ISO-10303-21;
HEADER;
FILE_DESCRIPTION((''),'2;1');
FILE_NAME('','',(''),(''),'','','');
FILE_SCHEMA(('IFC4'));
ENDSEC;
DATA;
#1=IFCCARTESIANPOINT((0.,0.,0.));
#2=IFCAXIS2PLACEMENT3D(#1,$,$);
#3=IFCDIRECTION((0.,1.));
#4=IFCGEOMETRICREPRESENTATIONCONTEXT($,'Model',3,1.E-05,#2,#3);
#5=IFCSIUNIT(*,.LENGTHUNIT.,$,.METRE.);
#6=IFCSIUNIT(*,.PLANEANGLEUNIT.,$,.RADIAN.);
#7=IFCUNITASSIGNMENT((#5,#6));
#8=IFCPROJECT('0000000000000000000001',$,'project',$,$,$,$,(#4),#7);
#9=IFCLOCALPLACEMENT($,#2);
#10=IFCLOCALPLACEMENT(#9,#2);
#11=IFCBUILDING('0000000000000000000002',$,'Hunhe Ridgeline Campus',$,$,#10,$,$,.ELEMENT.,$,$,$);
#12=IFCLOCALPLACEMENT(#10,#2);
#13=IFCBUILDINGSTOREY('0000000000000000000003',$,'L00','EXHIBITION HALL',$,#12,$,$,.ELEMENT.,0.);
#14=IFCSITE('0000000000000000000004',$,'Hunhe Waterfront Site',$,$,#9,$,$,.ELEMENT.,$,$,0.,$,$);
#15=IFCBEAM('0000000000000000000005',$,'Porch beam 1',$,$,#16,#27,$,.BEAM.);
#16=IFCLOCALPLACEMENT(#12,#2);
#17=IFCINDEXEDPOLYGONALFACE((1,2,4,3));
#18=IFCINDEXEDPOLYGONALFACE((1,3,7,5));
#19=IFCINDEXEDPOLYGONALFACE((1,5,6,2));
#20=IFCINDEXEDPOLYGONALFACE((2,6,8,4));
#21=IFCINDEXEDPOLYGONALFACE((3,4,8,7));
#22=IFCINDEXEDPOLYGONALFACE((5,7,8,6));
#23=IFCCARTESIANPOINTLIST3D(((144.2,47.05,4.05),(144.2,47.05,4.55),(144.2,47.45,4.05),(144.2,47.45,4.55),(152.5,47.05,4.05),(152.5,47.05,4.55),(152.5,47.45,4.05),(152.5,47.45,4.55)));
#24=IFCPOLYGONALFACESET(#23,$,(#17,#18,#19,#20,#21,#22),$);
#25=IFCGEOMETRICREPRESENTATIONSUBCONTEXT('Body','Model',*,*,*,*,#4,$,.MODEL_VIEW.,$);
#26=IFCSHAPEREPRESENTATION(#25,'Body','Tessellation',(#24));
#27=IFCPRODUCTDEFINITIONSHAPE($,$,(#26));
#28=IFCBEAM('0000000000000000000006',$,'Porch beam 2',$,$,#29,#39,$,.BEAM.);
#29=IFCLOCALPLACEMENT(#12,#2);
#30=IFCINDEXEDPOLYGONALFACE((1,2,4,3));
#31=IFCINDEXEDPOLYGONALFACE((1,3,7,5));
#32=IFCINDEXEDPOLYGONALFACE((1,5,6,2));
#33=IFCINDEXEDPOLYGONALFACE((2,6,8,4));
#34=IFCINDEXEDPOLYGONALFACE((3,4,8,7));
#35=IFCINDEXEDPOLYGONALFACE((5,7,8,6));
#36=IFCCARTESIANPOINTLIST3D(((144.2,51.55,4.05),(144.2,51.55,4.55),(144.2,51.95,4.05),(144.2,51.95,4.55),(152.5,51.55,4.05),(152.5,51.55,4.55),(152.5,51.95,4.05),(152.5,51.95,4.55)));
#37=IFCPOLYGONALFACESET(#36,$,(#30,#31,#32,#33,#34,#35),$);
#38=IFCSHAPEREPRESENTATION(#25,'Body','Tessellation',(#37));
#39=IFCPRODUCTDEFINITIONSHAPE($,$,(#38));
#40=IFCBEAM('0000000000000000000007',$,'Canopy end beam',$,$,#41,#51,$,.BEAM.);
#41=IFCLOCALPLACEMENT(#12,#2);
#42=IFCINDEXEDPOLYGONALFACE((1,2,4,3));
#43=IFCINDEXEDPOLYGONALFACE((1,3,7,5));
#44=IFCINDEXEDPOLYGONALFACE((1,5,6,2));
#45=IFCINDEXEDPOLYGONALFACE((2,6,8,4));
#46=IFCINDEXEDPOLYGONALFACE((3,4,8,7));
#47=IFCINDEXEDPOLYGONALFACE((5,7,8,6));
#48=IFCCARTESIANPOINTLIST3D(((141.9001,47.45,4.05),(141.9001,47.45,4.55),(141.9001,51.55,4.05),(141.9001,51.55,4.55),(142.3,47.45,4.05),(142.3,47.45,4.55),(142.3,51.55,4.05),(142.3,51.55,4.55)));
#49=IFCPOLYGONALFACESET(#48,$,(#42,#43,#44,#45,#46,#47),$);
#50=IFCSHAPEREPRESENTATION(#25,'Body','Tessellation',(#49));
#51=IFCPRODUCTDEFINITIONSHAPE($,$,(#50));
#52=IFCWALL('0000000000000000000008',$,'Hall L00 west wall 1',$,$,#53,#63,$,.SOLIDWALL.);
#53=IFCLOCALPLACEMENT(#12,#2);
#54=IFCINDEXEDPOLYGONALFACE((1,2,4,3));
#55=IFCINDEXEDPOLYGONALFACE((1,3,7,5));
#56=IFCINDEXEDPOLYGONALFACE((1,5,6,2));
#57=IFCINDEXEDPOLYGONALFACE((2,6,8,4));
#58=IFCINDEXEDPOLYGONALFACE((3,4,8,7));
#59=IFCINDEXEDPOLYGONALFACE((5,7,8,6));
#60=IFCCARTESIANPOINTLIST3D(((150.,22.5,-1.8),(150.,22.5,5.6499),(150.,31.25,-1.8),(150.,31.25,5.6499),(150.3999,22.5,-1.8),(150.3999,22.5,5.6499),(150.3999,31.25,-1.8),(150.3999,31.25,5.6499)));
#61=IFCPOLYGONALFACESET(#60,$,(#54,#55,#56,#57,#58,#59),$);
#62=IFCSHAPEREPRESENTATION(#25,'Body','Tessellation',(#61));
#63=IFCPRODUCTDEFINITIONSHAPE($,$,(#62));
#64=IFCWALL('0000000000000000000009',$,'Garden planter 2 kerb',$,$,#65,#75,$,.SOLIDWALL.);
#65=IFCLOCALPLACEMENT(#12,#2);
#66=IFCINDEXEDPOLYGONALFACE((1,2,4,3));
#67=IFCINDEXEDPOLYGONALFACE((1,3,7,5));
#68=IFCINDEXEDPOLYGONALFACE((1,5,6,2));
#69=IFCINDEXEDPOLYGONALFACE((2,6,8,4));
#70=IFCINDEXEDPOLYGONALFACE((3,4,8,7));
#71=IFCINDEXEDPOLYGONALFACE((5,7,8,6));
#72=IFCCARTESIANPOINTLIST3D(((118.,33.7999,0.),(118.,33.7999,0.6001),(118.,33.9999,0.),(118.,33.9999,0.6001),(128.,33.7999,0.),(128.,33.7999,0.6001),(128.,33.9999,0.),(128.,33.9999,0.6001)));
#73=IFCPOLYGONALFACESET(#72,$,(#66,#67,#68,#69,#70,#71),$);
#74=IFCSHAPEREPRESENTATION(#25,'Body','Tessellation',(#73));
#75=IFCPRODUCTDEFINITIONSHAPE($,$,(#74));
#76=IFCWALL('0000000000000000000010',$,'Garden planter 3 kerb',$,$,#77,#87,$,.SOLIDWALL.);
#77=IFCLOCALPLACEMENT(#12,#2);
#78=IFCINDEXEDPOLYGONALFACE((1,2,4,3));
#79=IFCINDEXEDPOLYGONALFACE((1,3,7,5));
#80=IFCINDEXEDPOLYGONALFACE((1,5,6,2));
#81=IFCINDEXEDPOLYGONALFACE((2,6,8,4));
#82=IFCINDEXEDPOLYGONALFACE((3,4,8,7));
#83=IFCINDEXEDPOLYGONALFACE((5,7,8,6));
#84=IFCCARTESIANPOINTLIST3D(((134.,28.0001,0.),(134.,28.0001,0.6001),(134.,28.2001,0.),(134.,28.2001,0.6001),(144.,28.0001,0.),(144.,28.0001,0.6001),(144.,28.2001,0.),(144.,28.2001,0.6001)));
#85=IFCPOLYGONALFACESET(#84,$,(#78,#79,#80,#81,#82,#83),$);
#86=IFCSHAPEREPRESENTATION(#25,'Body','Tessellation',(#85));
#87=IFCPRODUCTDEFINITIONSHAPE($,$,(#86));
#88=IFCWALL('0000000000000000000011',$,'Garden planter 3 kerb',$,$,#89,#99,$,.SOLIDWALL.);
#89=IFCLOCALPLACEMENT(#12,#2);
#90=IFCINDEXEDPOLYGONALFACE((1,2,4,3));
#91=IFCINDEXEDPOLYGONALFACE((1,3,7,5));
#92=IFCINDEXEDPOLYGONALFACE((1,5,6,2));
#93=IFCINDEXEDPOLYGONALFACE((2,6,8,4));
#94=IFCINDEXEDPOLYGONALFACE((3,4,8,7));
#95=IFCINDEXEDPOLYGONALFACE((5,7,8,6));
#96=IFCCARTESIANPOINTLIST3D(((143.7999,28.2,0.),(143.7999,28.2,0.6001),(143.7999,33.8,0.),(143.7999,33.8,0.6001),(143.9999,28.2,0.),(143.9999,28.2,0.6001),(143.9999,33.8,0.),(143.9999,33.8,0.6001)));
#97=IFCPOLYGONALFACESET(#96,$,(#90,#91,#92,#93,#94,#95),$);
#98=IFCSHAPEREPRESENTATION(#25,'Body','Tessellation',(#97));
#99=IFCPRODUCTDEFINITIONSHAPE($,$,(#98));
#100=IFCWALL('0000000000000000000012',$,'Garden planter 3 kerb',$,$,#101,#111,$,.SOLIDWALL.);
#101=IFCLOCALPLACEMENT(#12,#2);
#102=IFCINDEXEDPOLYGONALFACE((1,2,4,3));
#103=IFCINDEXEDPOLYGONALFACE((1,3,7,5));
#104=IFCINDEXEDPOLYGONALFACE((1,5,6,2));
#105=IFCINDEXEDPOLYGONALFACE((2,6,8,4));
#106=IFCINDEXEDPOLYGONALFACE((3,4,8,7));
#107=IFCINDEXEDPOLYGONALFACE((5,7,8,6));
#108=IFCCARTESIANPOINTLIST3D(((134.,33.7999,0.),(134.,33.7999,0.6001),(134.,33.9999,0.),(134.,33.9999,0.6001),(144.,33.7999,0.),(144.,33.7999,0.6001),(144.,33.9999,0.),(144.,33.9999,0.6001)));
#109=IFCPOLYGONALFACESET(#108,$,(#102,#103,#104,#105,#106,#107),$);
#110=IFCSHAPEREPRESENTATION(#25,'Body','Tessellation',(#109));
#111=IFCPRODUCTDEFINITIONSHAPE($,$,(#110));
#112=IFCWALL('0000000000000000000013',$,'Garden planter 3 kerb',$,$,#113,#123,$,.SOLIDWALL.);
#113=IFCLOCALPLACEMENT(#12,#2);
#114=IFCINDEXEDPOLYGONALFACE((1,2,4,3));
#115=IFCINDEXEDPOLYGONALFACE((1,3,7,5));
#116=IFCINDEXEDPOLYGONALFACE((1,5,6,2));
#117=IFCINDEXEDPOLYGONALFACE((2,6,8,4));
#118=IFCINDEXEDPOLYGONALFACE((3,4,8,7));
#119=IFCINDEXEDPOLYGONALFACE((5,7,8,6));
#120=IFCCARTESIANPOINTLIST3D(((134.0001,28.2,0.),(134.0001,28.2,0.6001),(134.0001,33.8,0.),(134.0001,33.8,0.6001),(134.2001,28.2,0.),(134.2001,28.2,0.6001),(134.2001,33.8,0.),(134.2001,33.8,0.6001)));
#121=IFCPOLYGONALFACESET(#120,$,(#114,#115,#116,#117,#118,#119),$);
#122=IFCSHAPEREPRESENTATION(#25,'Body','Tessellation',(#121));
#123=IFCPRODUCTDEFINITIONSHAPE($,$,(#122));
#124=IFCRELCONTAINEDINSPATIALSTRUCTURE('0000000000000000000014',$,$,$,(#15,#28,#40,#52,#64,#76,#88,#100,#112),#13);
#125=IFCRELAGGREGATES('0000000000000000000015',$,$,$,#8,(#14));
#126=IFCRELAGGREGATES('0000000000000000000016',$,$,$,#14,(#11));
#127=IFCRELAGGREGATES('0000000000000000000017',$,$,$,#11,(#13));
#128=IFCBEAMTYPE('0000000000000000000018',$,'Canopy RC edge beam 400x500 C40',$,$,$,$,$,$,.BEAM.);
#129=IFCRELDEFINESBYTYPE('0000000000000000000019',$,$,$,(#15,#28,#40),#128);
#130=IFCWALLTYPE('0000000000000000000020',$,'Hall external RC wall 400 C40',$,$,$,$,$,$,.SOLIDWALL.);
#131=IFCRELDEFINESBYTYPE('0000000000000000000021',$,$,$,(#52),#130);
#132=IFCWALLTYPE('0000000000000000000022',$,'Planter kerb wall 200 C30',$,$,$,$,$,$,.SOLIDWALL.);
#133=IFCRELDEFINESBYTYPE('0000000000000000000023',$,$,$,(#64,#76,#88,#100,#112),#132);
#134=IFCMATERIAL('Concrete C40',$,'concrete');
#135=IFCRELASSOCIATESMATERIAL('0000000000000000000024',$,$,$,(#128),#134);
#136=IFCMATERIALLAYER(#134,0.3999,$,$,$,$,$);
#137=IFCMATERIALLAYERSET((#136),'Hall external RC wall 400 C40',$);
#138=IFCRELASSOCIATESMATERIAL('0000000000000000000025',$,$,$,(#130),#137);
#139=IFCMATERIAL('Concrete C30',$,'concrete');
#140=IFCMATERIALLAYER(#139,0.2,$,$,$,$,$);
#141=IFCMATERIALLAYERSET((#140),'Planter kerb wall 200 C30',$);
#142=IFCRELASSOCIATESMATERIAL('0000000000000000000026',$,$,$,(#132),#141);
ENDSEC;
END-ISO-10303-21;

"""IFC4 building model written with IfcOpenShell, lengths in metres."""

from ifc_helpers import new_model, si_unit, direction, frame, frame_2d, origin, origin_2d, place, context, subcontext, project, spatial, rectangle, extrude, material, layer, layer_set, material_profile, profile_set, type_object, element, save


model = new_model("IFC4")

# Units and contexts
model_context = context("Model", 3, precision=1e-05, world=origin(), true_north=direction((0.0, 1.0)))
body_context = subcontext(model_context, "Body", "Model", "MODEL_VIEW")
ifc_project = project(units=[si_unit("LENGTHUNIT", "METRE"), si_unit("PLANEANGLEUNIT", "RADIAN")], contexts=[model_context])

# Site, building, storey
site_placement = place(None, origin())
site = spatial("IfcSite", under=ifc_project, at=site_placement, Name="Hunhe Waterfront Site", CompositionType="ELEMENT", RefElevation=0.0)
building_placement = place(site_placement, origin())
building = spatial("IfcBuilding", under=site, at=building_placement, Name="Hunhe Ridgeline Campus", CompositionType="ELEMENT")
storey_placement = place(building_placement, origin())
storey = spatial("IfcBuildingStorey", under=building, at=storey_placement, Name="L00", Description="EXHIBITION HALL", CompositionType="ELEMENT", Elevation=0.0)

# Shared definitions
ifc_material_1 = material(Name="Concrete C40", Category="concrete")

# Beams
ifc_material_profile_1 = material_profile(ifc_material_1, rectangle(XDim=0.3999, YDim=0.5, at=origin_2d()))
ifc_profile_set_1 = profile_set([ifc_material_profile_1], Name="Concrete C40")
beam_type = type_object("IfcBeamType", Name="Canopy RC edge beam 400x500 C40", PredefinedType="BEAM", material=ifc_profile_set_1)
for number, where, z_axis, x_axis, name in (
    (1, (144.2, 47.25, 4.3), (1.0, 0.0, 0.0), (0.0, 1.0, 0.0), "Porch beam 1"),
    (2, (144.2, 51.75, 4.3), (1.0, 0.0, 0.0), (0.0, 1.0, 0.0), "Porch beam 2"),
):
    element("IfcBeam", number, at=place(storey_placement, frame(where, z_axis=z_axis, x_axis=x_axis)), inside=storey, type_object=beam_type, Name=name, PredefinedType="BEAM", context=body_context, shape_type="SweptSolid", body=[
        extrude(rectangle(XDim=0.3999, YDim=0.5, at=origin_2d()), origin(), (0.0, 0.0, 1.0), 8.3),
    ])
beam_placement = place(storey_placement, frame((142.1001, 47.45, 4.3), z_axis=(0.0, 1.0, 0.0), x_axis=(-1.0, 0.0, 0.0)))
element("IfcBeam", 3, at=beam_placement, inside=storey, type_object=beam_type, Name="Canopy end beam", PredefinedType="BEAM", context=body_context, shape_type="SweptSolid", body=[
    extrude(rectangle(XDim=0.3999, YDim=0.5, at=origin_2d()), origin(), (0.0, 0.0, 1.0), 4.1001),
])

# Walls
ifc_layer_1 = layer(ifc_material_1, 0.3999)
ifc_layer_set_1 = layer_set([ifc_layer_1], Name="Hall external RC wall 400 C40")
wall_type_1 = type_object("IfcWallType", Name="Hall external RC wall 400 C40", PredefinedType="SOLIDWALL", material=ifc_layer_set_1)
wall_1_placement = place(storey_placement, frame((150.2, 22.5, -1.8), z_axis=(0.0, 0.0, 1.0), x_axis=(0.0, 1.0, 0.0)))
element("IfcWall", 4, at=wall_1_placement, inside=storey, type_object=wall_type_1, Name="Hall L00 west wall 1", PredefinedType="SOLIDWALL", context=body_context, shape_type="SweptSolid", body=[
    extrude(rectangle(XDim=8.75, YDim=0.3999, at=frame_2d((4.375, 0.0))), origin(), (0.0, 0.0, 1.0), 7.45),
])
ifc_material_2 = material(Name="Concrete C30", Category="concrete")
ifc_layer_2 = layer(ifc_material_2, 0.2)
ifc_layer_set_2 = layer_set([ifc_layer_2], Name="Planter kerb wall 200 C30")
wall_type_2 = type_object("IfcWallType", Name="Planter kerb wall 200 C30", PredefinedType="SOLIDWALL", material=ifc_layer_set_2)
for number, where, z_axis, x_axis, name in (
    (5, (128.0, 33.8999, 0.0), (0.0, 0.0, 1.0), (-1.0, 0.0, 0.0), "Garden planter 2 kerb"),
    (6, (134.0, 28.1001, 0.0), (0.0, 0.0, 1.0), (1.0, 0.0, 0.0), "Garden planter 3 kerb"),
):
    element("IfcWall", number, at=place(storey_placement, frame(where, z_axis=z_axis, x_axis=x_axis)), inside=storey, type_object=wall_type_2, Name=name, PredefinedType="SOLIDWALL", context=body_context, shape_type="SweptSolid", body=[
        extrude(rectangle(XDim=10.0, YDim=0.2, at=frame_2d((5.0, 0.0))), origin(), (0.0, 0.0, 1.0), 0.6001),
    ])
wall_2_placement = place(storey_placement, frame((143.8999, 28.2, 0.0), z_axis=(0.0, 0.0, 1.0), x_axis=(0.0, 1.0, 0.0)))
element("IfcWall", 7, at=wall_2_placement, inside=storey, type_object=wall_type_2, Name="Garden planter 3 kerb", PredefinedType="SOLIDWALL", context=body_context, shape_type="SweptSolid", body=[
    extrude(rectangle(XDim=5.6001, YDim=0.2, at=frame_2d((2.8, 0.0))), origin(), (0.0, 0.0, 1.0), 0.6001),
])
wall_3_placement = place(storey_placement, frame((144.0, 33.8999, 0.0), z_axis=(0.0, 0.0, 1.0), x_axis=(-1.0, 0.0, 0.0)))
element("IfcWall", 8, at=wall_3_placement, inside=storey, type_object=wall_type_2, Name="Garden planter 3 kerb", PredefinedType="SOLIDWALL", context=body_context, shape_type="SweptSolid", body=[
    extrude(rectangle(XDim=10.0, YDim=0.2, at=frame_2d((5.0, 0.0))), origin(), (0.0, 0.0, 1.0), 0.6001),
])
wall_4_placement = place(storey_placement, frame((134.1001, 33.8, 0.0), z_axis=(0.0, 0.0, 1.0), x_axis=(0.0, -1.0, 0.0)))
element("IfcWall", 9, at=wall_4_placement, inside=storey, type_object=wall_type_2, Name="Garden planter 3 kerb", PredefinedType="SOLIDWALL", context=body_context, shape_type="SweptSolid", body=[
    extrude(rectangle(XDim=5.6001, YDim=0.2, at=frame_2d((2.8, 0.0))), origin(), (0.0, 0.0, 1.0), 0.6001),
])

save(model, "model.ifc")
